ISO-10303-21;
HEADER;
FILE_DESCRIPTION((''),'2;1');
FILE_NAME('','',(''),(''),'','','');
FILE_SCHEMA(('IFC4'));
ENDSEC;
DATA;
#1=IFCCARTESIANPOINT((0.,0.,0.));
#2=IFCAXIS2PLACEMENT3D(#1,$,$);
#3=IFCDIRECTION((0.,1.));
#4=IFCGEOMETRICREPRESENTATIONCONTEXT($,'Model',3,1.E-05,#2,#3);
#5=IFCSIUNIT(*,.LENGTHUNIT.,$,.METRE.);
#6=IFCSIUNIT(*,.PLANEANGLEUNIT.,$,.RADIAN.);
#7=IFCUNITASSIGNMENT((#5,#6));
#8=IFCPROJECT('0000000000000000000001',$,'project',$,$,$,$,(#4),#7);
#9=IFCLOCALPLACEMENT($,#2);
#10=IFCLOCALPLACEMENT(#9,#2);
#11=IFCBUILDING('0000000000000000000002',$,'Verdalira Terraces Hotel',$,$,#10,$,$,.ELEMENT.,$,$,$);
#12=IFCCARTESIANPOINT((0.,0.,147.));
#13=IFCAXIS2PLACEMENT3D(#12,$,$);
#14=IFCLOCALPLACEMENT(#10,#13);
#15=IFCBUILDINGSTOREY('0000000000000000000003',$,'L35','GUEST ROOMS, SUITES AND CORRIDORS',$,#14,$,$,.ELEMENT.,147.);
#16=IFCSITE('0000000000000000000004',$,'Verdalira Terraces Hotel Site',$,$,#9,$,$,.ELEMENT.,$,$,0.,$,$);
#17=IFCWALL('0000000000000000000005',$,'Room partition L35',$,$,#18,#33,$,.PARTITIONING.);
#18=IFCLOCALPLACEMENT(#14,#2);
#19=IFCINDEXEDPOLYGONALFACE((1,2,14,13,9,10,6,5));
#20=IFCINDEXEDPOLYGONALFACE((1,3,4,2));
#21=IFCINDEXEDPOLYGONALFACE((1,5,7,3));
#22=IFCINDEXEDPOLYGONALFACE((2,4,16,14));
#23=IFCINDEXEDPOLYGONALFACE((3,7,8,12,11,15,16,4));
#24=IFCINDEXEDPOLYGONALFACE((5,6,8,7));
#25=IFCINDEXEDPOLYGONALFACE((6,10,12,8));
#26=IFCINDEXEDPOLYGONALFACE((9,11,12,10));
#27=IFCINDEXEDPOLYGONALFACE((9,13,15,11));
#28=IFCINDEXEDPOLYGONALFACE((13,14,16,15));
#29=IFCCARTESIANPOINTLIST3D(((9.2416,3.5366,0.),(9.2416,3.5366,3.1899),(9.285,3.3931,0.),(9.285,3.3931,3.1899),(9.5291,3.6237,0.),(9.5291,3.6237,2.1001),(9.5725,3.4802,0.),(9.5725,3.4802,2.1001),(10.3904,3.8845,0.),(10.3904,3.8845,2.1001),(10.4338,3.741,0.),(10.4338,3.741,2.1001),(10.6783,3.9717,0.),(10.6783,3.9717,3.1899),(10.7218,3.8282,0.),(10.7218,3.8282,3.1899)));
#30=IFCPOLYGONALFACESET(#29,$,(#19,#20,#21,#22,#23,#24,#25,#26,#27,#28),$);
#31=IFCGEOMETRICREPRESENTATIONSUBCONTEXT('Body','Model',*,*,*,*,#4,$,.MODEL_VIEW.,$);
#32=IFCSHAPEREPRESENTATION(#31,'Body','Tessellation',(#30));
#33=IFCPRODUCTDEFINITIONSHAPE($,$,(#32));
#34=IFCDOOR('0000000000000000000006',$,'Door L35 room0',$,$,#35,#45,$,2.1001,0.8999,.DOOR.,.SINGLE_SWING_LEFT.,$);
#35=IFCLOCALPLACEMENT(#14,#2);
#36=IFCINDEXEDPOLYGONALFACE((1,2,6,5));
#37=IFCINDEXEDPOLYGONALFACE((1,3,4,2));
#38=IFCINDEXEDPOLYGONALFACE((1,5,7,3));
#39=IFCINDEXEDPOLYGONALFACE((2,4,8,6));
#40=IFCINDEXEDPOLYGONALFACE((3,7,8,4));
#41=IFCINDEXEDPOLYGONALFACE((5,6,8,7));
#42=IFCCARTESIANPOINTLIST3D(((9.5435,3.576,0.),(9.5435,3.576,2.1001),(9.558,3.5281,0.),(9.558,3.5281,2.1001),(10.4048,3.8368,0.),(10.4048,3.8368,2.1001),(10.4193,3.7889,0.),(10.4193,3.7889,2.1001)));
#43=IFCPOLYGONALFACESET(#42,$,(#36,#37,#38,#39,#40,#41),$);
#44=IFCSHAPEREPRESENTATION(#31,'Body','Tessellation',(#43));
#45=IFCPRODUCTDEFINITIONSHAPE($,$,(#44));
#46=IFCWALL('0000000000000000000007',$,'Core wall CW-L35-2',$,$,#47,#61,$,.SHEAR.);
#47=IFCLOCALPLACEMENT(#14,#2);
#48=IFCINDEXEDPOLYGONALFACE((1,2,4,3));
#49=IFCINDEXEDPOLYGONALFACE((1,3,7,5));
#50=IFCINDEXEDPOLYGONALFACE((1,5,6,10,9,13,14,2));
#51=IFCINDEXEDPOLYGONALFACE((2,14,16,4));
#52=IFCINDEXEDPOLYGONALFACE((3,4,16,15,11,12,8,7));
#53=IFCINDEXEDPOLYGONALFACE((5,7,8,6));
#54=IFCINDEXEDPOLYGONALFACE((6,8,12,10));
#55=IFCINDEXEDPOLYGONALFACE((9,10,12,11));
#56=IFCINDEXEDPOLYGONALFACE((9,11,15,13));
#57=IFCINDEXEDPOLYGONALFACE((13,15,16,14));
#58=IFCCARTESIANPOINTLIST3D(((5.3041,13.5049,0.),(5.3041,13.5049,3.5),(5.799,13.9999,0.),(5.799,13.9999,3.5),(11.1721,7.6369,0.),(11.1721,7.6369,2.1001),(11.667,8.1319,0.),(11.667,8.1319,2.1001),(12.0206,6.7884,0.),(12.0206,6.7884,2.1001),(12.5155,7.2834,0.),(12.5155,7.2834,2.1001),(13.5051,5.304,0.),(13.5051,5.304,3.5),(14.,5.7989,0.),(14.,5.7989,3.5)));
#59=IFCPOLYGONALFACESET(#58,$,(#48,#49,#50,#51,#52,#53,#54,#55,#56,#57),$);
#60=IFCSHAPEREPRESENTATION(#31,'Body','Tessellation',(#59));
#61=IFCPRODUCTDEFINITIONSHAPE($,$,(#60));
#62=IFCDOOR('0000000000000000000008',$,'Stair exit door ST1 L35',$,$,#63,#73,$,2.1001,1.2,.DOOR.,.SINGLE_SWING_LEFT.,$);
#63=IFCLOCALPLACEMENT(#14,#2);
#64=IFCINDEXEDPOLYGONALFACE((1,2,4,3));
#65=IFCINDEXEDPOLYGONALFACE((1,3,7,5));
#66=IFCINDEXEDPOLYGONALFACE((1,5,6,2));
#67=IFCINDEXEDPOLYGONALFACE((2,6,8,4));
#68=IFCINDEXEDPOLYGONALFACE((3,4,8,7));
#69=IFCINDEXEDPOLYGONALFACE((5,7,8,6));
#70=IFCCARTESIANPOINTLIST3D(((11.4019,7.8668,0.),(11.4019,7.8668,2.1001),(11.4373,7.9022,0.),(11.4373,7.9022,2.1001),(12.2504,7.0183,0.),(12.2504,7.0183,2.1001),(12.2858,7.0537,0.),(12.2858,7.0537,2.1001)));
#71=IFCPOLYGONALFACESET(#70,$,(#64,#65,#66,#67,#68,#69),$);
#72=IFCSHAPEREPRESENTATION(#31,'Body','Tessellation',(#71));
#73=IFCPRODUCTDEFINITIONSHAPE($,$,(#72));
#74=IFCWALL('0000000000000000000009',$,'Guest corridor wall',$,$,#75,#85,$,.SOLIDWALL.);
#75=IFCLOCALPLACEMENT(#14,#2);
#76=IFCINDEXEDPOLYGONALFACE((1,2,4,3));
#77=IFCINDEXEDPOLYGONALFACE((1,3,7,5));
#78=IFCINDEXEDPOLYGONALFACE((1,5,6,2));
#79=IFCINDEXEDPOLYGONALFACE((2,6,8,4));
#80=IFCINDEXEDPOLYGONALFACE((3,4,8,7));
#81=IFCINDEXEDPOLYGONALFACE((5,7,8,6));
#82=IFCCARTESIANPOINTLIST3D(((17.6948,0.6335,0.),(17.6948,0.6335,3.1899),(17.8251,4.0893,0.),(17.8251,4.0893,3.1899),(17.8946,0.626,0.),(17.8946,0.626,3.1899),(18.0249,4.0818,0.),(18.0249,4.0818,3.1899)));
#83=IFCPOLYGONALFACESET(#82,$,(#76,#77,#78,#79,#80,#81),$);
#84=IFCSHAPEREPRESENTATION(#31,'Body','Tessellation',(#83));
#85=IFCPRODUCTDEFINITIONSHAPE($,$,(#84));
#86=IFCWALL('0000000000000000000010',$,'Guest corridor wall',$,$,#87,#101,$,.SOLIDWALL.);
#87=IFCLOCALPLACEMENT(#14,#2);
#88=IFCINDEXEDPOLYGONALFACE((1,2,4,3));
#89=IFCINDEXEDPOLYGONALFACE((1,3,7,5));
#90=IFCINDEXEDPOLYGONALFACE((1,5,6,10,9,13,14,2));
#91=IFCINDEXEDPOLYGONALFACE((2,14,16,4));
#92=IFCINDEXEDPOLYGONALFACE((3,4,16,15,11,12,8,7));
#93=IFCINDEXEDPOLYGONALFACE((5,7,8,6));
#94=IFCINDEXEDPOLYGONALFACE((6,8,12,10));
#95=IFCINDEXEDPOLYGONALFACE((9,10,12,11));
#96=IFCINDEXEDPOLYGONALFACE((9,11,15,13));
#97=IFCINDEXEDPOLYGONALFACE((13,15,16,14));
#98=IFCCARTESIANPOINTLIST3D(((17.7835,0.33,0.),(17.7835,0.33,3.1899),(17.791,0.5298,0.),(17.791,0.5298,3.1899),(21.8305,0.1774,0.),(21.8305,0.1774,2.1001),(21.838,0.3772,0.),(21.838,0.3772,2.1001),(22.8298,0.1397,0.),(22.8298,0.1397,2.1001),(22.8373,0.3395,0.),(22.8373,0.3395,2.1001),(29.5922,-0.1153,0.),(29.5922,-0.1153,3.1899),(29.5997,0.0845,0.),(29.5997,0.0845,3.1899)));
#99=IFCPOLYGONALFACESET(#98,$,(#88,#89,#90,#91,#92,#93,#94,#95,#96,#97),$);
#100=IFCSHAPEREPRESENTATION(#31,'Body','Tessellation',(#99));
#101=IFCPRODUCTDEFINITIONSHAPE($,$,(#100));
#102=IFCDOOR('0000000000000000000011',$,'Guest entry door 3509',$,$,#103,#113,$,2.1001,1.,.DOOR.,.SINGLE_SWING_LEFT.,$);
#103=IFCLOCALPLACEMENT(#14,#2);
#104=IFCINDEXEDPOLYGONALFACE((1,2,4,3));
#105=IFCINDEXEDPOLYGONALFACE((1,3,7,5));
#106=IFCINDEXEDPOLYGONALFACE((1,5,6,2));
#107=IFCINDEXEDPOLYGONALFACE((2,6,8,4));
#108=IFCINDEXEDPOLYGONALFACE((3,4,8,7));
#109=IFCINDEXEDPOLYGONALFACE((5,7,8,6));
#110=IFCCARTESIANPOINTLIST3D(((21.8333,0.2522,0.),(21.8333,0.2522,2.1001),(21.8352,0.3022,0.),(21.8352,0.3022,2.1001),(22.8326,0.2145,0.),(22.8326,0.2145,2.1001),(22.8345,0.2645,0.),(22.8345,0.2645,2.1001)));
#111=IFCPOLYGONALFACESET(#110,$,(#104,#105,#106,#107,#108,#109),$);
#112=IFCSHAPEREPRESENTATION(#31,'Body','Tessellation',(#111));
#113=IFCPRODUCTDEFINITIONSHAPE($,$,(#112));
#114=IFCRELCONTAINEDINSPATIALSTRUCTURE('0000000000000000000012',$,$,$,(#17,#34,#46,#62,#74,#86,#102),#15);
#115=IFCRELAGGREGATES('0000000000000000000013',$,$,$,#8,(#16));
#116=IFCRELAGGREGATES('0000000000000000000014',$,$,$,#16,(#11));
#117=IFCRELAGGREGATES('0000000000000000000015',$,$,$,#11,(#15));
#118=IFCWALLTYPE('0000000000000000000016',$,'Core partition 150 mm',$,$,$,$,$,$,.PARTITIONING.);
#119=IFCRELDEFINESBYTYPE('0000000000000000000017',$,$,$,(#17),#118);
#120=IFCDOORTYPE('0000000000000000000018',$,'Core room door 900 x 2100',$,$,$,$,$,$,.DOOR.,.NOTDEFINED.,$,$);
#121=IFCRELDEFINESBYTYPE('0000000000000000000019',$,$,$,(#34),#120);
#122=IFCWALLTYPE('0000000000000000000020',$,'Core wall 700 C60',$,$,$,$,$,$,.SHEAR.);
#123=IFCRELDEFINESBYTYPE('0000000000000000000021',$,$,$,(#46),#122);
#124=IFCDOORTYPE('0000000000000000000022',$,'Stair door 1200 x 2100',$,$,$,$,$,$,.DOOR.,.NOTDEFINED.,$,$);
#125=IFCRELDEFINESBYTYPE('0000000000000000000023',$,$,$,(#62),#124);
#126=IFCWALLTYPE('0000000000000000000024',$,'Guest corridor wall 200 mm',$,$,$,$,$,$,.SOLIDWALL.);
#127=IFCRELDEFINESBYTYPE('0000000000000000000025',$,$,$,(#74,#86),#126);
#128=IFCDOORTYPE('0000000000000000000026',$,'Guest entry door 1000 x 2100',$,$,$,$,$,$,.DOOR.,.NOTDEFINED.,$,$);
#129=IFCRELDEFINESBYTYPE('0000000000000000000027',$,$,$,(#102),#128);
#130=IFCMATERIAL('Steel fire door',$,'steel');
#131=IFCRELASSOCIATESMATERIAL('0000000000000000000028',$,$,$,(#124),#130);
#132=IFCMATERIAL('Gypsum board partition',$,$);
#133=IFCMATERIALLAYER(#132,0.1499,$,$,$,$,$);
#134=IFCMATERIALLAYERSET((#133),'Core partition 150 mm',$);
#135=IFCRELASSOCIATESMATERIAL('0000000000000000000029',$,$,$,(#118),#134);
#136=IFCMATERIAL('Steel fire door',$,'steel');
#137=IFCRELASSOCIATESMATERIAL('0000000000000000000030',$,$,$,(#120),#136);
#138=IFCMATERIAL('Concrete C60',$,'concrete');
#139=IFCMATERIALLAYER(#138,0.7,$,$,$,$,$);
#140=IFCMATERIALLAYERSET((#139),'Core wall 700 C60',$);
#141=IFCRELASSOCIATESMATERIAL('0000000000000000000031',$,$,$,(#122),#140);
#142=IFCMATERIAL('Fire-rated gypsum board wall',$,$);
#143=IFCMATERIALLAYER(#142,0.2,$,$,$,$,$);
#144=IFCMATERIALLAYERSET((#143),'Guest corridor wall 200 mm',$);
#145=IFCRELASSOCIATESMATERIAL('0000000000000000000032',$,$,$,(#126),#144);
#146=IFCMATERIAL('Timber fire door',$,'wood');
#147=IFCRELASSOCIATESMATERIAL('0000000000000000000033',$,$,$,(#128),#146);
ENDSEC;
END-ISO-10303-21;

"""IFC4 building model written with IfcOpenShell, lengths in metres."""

from ifc_helpers import new_model, si_unit, direction, frame, frame_2d, origin, place, context, subcontext, project, spatial, rectangle, extrude, material, layer, layer_set, type_object, element, fill, save


model = new_model("IFC4")

# Units and contexts
model_context = context("Model", 3, precision=1e-05, world=origin(), true_north=direction((0.0, 1.0)))
body_context = subcontext(model_context, "Body", "Model", "MODEL_VIEW")
ifc_project = project(units=[si_unit("LENGTHUNIT", "METRE"), si_unit("PLANEANGLEUNIT", "RADIAN")], contexts=[model_context])

# Site, building, storey
site_placement = place(None, origin())
site = spatial("IfcSite", under=ifc_project, at=site_placement, Name="Verdalira Terraces Hotel Site", CompositionType="ELEMENT", RefElevation=0.0)
building_placement = place(site_placement, origin())
building = spatial("IfcBuilding", under=site, at=building_placement, Name="Verdalira Terraces Hotel", CompositionType="ELEMENT")
storey_placement = place(building_placement, frame((0.0, 0.0, 147.0)))
storey = spatial("IfcBuildingStorey", under=building, at=storey_placement, Name="L35", Description="GUEST ROOMS, SUITES AND CORRIDORS", CompositionType="ELEMENT", Elevation=147.0)

# Shared definitions
ifc_material_1 = material(Name="Steel fire door", Category="steel")
door_type_1 = type_object("IfcDoorType", Name="Stair door 1200 x 2100", OperationType="NOTDEFINED", PredefinedType="DOOR", material=ifc_material_1)

# Walls, openings, doors
ifc_material_2 = material(Name="Gypsum board partition")
ifc_layer_1 = layer(ifc_material_2, 0.1499)
ifc_layer_set_1 = layer_set([ifc_layer_1], Name="Core partition 150 mm")
wall_type_1 = type_object("IfcWallType", Name="Core partition 150 mm", PredefinedType="PARTITIONING", material=ifc_layer_set_1)
wall_1_placement = place(storey_placement, frame((10.7, 3.8999, 0.0), z_axis=(0.0, 0.0, 1.0), x_axis=(-0.957085, -0.289809, 0.0)))
wall_1 = element("IfcWall", 1, at=wall_1_placement, inside=storey, type_object=wall_type_1, Name="Room partition L35", PredefinedType="PARTITIONING", context=body_context, shape_type="SweptSolid", body=[
    extrude(rectangle(XDim=1.5012, YDim=0.1499, at=frame_2d((0.7505, 0.0))), origin(), (0.0, 0.0, 1.0), 3.1899),
])
opening_1_placement = place(wall_1_placement, frame((0.3008, 0.0, 0.0)))
opening_1 = element("IfcOpeningElement", 2, at=opening_1_placement, cuts=wall_1, PredefinedType="OPENING", context=body_context, shape_type="SweptSolid", body=[
    extrude(rectangle(XDim=0.8999, YDim=2.1001, at=frame_2d((0.45, 1.05))), frame((0.0, 0.085, 0.0), z_axis=(0.0, -1.0, 0.0), x_axis=(1.0, 0.0, 0.0)), (0.0, 0.0, 1.0), 0.1699),
])
ifc_material_3 = material(Name="Steel fire door", Category="steel")
door_type_2 = type_object("IfcDoorType", Name="Core room door 900 x 2100", OperationType="NOTDEFINED", PredefinedType="DOOR", material=ifc_material_3)
door_1_placement = place(opening_1_placement, origin())
door_1 = element("IfcDoor", 3, at=door_1_placement, inside=storey, type_object=door_type_2, Name="Door L35 room0", OperationType="SINGLE_SWING_LEFT", OverallHeight=2.1001, OverallWidth=0.8999, PredefinedType="DOOR", context=body_context, shape_type="SweptSolid", body=[
    extrude(rectangle(XDim=0.8999, YDim=2.1001, at=frame_2d((0.45, 1.05))), frame((0.0, 0.0249, 0.0), z_axis=(0.0, -1.0, 0.0), x_axis=(1.0, 0.0, 0.0)), (0.0, 0.0, 1.0), 0.05),
])
fill(opening_1, door_1)
ifc_material_4 = material(Name="Concrete C60", Category="concrete")
ifc_layer_2 = layer(ifc_material_4, 0.7)
ifc_layer_set_2 = layer_set([ifc_layer_2], Name="Core wall 700 C60")
wall_type_2 = type_object("IfcWallType", Name="Core wall 700 C60", PredefinedType="SHEAR", material=ifc_layer_set_2)
wall_2_placement = place(storey_placement, frame((13.7524, 5.5515, 0.0), z_axis=(0.0, 0.0, 1.0), x_axis=(-0.707107, 0.707107, 0.0)))
wall_2 = element("IfcWall", 4, at=wall_2_placement, inside=storey, type_object=wall_type_2, Name="Core wall CW-L35-2", PredefinedType="SHEAR", context=body_context, shape_type="SweptSolid", body=[
    extrude(rectangle(XDim=11.5979, YDim=0.7, at=frame_2d((5.7988, 0.0))), origin(), (0.0, 0.0, 1.0), 3.5),
])
opening_2_placement = place(wall_2_placement, frame((2.0991, 0.0, 0.0)))
opening_2 = element("IfcOpeningElement", 5, at=opening_2_placement, cuts=wall_2, PredefinedType="OPENING", context=body_context, shape_type="SweptSolid", body=[
    extrude(rectangle(XDim=1.2, YDim=2.1001, at=frame_2d((0.6001, 1.05))), frame((0.0, 0.3599, 0.0), z_axis=(0.0, -1.0, 0.0), x_axis=(1.0, 0.0, 0.0)), (0.0, 0.0, 1.0), 0.72),
])
door_2_placement = place(opening_2_placement, origin())
door_2 = element("IfcDoor", 6, at=door_2_placement, inside=storey, type_object=door_type_1, Name="Stair exit door ST1 L35", OperationType="SINGLE_SWING_LEFT", OverallHeight=2.1001, OverallWidth=1.2, PredefinedType="DOOR", context=body_context, shape_type="SweptSolid", body=[
    extrude(rectangle(XDim=1.2, YDim=2.1001, at=frame_2d((0.6001, 1.05))), frame((0.0, 0.0249, 0.0), z_axis=(0.0, -1.0, 0.0), x_axis=(1.0, 0.0, 0.0)), (0.0, 0.0, 1.0), 0.05),
])
fill(opening_2, door_2)

# Wall
ifc_material_5 = material(Name="Fire-rated gypsum board wall")
ifc_layer_3 = layer(ifc_material_5, 0.2)
ifc_layer_set_3 = layer_set([ifc_layer_3], Name="Guest corridor wall 200 mm")
wall_type_3 = type_object("IfcWallType", Name="Guest corridor wall 200 mm", PredefinedType="SOLIDWALL", material=ifc_layer_set_3)
wall_3_placement = place(storey_placement, frame((17.7947, 0.6299, 0.0), z_axis=(0.0, 0.0, 1.0), x_axis=(0.037698, 0.999289, 0.0)))
element("IfcWall", 7, at=wall_3_placement, inside=storey, type_object=wall_type_3, Name="Guest corridor wall", PredefinedType="SOLIDWALL", context=body_context, shape_type="SweptSolid", body=[
    extrude(rectangle(XDim=3.4583, YDim=0.2, at=frame_2d((1.729, 0.0))), origin(), (0.0, 0.0, 1.0), 3.1899),
])

# Wall, opening, door
wall_4_placement = place(storey_placement, frame((17.7871, 0.4299, 0.0), z_axis=(0.0, 0.0, 1.0), x_axis=(0.99929, -0.037683, 0.0)))
wall_4 = element("IfcWall", 8, at=wall_4_placement, inside=storey, type_object=wall_type_3, Name="Guest corridor wall", PredefinedType="SOLIDWALL", context=body_context, shape_type="SweptSolid", body=[
    extrude(rectangle(XDim=11.8171, YDim=0.2, at=frame_2d((5.9087, 0.0))), origin(), (0.0, 0.0, 1.0), 3.1899),
])
opening_3_placement = place(wall_4_placement, frame((4.05, 0.0, 0.0)))
opening_3 = element("IfcOpeningElement", 9, at=opening_3_placement, cuts=wall_4, PredefinedType="OPENING", context=body_context, shape_type="SweptSolid", body=[
    extrude(rectangle(XDim=1.0, YDim=2.1001, at=frame_2d((0.5, 1.05))), frame((0.0, 0.1099, 0.0), z_axis=(0.0, -1.0, 0.0), x_axis=(1.0, 0.0, 0.0)), (0.0, 0.0, 1.0), 0.22),
])
ifc_material_6 = material(Name="Timber fire door", Category="wood")
door_type_3 = type_object("IfcDoorType", Name="Guest entry door 1000 x 2100", OperationType="NOTDEFINED", PredefinedType="DOOR", material=ifc_material_6)
door_3_placement = place(opening_3_placement, origin())
door_3 = element("IfcDoor", 10, at=door_3_placement, inside=storey, type_object=door_type_3, Name="Guest entry door 3509", OperationType="SINGLE_SWING_LEFT", OverallHeight=2.1001, OverallWidth=1.0, PredefinedType="DOOR", context=body_context, shape_type="SweptSolid", body=[
    extrude(rectangle(XDim=1.0, YDim=2.1001, at=frame_2d((0.5, 1.05))), frame((0.0, 0.0249, 0.0), z_axis=(0.0, -1.0, 0.0), x_axis=(1.0, 0.0, 0.0)), (0.0, 0.0, 1.0), 0.05),
])
fill(opening_3, door_3)

save(model, "model.ifc")
